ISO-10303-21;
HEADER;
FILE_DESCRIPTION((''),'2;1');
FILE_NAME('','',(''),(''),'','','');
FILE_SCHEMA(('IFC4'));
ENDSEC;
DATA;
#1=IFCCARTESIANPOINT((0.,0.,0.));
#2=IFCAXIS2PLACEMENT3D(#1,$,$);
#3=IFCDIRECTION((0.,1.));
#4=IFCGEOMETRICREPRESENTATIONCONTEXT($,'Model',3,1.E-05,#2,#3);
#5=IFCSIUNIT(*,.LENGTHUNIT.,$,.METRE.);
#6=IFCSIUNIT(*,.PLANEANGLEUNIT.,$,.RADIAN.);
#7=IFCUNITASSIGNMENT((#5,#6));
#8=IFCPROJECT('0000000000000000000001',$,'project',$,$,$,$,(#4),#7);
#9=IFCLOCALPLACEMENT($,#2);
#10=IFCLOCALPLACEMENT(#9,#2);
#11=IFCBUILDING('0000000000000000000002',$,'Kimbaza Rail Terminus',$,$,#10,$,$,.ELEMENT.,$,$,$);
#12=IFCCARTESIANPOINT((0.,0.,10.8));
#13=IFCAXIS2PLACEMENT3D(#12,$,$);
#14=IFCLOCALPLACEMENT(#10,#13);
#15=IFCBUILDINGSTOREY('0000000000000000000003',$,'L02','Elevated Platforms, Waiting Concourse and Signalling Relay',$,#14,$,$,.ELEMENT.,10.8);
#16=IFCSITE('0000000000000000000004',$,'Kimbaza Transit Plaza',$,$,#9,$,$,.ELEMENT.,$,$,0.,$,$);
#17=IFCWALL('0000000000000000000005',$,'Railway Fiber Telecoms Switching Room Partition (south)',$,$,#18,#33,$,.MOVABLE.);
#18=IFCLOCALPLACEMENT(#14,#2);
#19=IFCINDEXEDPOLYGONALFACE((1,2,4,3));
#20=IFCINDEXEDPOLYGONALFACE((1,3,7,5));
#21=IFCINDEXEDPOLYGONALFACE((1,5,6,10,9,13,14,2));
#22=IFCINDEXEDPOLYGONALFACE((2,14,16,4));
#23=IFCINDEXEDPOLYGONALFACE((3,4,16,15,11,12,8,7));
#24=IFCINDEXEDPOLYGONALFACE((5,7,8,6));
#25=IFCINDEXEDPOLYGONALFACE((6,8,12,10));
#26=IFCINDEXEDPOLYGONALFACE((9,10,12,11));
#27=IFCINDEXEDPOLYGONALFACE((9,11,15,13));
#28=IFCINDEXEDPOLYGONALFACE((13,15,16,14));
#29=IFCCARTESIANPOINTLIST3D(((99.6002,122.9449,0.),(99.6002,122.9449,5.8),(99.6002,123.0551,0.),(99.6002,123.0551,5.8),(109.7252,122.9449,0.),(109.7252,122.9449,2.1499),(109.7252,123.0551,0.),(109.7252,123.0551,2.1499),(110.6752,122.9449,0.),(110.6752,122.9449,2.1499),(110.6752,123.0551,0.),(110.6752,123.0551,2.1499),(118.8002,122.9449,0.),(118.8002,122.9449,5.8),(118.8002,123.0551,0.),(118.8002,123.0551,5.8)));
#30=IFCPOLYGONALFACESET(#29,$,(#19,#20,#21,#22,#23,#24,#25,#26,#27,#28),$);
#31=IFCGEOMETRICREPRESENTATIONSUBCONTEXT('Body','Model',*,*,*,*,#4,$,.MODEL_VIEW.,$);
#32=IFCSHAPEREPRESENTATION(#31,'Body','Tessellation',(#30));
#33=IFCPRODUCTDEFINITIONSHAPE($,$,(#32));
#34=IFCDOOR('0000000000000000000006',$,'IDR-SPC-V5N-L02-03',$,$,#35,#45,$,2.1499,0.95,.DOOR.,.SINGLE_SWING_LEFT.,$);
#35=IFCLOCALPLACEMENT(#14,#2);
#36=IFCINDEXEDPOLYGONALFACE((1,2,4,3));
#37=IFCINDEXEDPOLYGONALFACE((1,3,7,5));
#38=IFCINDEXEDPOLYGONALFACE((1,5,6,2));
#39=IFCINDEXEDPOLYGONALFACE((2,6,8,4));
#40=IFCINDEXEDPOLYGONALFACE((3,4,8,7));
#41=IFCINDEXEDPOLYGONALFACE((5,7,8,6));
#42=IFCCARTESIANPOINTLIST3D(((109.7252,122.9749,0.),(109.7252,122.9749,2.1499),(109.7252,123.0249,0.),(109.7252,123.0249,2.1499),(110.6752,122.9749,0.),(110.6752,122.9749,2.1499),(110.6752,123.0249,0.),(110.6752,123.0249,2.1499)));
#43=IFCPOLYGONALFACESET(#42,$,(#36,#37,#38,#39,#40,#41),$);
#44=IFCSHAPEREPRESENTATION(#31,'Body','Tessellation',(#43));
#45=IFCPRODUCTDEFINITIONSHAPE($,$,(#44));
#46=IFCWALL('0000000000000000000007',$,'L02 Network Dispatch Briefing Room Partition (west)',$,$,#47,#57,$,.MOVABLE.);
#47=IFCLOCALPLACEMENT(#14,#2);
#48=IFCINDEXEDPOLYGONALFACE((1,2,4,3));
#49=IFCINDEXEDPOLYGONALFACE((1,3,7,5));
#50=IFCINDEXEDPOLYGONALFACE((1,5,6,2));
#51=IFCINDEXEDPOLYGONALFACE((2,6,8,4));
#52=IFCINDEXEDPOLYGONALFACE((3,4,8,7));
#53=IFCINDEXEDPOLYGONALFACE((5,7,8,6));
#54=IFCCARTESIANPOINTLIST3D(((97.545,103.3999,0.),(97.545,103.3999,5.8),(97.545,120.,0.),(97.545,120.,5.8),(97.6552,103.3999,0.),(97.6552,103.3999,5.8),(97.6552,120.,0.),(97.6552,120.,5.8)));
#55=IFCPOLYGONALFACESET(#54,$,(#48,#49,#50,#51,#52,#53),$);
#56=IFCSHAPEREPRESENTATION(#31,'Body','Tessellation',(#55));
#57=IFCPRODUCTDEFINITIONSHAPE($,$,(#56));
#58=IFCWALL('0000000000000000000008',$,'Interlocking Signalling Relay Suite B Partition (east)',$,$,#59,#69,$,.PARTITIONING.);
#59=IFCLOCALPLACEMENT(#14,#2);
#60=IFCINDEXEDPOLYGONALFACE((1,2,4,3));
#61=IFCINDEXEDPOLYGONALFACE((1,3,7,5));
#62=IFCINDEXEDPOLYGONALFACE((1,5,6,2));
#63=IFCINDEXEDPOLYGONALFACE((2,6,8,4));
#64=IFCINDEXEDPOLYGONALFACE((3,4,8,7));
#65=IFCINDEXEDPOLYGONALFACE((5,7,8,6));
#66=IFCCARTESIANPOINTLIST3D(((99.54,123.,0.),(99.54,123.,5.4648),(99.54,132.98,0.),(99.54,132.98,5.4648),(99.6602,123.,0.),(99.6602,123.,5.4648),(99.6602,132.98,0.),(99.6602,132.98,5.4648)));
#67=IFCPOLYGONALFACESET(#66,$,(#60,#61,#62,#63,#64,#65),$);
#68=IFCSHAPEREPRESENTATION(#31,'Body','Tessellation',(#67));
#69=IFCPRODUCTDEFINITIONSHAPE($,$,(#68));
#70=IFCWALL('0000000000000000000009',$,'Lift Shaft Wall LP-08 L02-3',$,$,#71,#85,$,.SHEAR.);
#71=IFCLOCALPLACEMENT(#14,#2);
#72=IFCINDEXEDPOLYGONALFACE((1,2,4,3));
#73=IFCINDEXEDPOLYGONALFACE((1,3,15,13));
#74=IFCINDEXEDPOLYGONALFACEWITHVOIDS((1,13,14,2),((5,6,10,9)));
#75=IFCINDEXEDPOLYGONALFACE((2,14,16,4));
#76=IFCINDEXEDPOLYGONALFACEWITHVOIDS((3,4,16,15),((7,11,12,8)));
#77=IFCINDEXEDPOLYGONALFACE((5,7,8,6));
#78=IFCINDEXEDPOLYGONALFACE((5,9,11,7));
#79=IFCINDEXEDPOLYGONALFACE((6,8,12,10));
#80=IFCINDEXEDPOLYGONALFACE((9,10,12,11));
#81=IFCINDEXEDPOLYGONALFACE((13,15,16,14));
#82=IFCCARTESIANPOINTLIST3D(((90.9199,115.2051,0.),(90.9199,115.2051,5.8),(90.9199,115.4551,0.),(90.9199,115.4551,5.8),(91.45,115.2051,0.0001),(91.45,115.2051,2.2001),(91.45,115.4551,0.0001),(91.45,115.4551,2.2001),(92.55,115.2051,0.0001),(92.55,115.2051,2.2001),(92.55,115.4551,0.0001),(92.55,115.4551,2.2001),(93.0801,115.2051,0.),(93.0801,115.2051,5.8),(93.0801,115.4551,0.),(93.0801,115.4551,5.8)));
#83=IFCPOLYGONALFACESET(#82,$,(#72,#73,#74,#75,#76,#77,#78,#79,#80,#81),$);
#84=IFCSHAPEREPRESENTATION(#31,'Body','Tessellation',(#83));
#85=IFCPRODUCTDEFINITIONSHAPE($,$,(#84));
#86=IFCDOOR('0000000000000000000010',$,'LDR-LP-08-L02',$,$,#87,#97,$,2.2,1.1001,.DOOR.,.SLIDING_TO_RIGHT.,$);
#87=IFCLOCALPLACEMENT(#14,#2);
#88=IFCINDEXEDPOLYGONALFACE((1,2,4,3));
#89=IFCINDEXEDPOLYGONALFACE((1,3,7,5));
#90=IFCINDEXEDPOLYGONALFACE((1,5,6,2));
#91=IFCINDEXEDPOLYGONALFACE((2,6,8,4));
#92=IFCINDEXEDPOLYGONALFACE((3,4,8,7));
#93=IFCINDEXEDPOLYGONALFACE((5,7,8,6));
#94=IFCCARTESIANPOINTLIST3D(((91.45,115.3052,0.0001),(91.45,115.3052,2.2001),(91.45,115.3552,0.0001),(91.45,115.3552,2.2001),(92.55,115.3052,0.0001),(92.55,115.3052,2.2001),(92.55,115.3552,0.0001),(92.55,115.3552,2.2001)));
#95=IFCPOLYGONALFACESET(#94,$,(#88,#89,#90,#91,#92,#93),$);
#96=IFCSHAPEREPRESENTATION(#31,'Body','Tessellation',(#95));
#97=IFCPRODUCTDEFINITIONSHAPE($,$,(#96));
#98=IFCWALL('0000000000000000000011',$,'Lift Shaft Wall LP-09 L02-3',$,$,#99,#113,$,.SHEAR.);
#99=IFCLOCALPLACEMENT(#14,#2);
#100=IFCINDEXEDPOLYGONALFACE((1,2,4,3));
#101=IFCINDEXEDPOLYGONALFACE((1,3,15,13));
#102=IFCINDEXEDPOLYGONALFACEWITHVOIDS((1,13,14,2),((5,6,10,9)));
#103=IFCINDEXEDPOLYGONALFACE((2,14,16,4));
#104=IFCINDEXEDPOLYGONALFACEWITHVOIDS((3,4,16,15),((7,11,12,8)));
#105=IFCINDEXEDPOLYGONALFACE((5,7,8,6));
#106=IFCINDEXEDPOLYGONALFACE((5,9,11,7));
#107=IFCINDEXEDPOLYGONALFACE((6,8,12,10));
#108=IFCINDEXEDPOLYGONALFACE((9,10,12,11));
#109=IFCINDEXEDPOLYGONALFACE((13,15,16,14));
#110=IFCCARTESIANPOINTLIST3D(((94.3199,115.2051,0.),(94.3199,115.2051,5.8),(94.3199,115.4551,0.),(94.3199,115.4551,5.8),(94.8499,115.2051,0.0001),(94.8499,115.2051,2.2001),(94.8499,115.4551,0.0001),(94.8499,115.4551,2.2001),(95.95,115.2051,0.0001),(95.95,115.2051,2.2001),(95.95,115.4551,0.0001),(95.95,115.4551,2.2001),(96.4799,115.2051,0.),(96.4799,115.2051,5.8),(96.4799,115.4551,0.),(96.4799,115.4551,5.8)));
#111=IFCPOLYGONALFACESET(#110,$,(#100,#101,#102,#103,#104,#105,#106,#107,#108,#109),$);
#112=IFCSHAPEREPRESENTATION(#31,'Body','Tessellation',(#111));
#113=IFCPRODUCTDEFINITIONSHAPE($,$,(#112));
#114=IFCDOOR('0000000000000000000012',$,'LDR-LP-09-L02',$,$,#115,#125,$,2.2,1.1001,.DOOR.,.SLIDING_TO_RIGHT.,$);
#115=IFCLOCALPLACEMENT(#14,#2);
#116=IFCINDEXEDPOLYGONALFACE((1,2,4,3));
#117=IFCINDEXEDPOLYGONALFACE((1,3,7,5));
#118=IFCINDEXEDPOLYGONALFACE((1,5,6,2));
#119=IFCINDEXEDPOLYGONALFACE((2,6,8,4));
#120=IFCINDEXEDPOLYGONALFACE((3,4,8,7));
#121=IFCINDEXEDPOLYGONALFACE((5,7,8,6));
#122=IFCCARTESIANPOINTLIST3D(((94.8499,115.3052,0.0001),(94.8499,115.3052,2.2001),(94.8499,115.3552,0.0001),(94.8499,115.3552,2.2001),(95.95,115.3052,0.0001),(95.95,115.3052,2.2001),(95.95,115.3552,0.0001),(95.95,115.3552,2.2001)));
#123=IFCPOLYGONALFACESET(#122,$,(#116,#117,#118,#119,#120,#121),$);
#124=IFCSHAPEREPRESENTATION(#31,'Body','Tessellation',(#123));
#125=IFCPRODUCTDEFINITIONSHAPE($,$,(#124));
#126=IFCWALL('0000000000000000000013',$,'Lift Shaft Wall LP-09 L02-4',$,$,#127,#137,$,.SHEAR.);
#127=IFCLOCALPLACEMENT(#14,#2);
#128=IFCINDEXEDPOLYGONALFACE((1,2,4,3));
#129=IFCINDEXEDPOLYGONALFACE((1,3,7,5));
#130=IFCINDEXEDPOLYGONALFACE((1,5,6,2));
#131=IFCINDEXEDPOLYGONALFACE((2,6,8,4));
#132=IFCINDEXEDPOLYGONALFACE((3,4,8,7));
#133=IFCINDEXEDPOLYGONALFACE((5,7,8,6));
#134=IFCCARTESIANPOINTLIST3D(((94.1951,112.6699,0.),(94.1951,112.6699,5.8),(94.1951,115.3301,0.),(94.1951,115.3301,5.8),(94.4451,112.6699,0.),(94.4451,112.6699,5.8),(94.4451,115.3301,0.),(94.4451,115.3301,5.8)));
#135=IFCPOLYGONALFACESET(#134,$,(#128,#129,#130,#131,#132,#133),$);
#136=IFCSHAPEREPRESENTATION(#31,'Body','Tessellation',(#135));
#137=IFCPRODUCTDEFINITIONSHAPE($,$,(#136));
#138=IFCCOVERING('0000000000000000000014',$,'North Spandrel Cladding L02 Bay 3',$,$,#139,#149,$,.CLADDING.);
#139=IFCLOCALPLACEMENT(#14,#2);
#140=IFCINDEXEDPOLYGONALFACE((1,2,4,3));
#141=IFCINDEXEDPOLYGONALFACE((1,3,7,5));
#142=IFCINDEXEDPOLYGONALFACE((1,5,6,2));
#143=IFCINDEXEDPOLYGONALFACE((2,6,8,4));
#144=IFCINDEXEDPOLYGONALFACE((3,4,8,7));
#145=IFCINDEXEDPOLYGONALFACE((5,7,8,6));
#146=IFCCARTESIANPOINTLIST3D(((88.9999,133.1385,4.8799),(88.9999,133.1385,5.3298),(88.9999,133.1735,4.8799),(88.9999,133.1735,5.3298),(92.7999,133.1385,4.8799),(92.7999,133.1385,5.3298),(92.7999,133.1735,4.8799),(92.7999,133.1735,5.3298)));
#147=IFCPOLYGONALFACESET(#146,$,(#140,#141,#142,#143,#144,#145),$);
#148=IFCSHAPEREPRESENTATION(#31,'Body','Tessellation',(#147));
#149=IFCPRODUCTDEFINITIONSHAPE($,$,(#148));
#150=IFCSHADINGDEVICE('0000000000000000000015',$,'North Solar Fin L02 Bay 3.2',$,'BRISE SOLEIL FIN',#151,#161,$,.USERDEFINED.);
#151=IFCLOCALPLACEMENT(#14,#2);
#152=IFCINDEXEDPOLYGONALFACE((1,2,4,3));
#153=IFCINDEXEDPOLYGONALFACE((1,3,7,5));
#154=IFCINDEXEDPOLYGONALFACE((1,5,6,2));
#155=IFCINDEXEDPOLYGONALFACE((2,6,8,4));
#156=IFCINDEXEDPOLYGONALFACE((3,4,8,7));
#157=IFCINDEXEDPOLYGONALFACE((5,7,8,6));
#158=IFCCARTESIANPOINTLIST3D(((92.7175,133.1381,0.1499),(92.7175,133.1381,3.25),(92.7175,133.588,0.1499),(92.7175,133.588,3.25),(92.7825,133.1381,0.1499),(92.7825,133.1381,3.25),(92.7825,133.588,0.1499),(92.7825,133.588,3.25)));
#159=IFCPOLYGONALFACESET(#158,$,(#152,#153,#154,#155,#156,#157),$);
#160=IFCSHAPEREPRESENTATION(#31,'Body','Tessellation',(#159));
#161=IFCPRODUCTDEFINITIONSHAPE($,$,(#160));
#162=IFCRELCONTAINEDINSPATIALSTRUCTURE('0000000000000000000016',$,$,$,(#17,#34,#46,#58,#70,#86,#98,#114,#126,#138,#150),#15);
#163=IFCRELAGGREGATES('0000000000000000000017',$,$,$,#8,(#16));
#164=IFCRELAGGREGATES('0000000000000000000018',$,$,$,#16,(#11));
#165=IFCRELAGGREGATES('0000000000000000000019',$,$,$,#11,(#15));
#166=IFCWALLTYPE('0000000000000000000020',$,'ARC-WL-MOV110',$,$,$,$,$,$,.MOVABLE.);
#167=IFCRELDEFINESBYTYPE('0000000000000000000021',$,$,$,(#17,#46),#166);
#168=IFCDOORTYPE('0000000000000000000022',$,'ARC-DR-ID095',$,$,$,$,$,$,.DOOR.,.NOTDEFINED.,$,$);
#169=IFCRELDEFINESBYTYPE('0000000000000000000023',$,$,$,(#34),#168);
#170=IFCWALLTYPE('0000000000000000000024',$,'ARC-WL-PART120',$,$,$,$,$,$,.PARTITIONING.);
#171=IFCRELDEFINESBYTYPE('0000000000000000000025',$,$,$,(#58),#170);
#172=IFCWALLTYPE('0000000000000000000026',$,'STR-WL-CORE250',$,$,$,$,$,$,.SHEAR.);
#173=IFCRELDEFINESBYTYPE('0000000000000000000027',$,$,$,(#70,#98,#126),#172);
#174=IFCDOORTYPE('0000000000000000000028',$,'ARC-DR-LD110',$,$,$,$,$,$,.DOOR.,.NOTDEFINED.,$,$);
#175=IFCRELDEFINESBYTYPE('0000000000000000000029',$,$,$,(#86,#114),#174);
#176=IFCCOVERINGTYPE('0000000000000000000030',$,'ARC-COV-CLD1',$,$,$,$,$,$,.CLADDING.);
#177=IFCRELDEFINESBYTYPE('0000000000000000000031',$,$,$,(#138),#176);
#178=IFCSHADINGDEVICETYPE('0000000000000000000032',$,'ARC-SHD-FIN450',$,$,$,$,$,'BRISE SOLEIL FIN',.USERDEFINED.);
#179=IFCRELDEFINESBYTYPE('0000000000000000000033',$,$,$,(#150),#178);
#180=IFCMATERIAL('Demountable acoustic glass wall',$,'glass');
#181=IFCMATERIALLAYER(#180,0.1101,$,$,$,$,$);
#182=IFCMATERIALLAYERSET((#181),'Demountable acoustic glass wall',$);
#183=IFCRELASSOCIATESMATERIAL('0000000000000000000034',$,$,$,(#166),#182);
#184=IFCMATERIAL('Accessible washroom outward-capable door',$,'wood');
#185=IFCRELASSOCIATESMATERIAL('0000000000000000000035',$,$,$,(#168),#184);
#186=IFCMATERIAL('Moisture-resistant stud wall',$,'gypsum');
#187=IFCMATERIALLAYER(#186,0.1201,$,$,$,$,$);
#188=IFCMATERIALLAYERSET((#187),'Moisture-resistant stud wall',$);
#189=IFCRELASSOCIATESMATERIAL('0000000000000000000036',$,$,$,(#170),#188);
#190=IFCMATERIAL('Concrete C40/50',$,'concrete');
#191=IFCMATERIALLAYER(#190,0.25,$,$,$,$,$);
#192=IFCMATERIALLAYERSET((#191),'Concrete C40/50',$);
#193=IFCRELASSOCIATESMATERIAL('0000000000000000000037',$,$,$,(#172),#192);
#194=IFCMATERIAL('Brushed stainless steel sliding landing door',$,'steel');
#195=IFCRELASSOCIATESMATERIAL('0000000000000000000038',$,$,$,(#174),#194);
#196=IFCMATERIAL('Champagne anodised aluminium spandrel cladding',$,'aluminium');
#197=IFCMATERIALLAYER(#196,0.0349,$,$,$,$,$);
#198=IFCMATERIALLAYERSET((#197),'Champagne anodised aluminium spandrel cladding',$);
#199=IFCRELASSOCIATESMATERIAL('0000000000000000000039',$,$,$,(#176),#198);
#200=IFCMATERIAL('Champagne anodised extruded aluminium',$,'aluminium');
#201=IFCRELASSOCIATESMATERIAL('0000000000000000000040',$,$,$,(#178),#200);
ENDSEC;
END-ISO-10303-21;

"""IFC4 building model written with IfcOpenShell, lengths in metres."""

from ifc_helpers import new_model, si_unit, direction, frame, frame_2d, origin, origin_2d, place, context, subcontext, project, spatial, rectangle, extrude, material, layer, layer_set, type_object, element, fill, save


model = new_model("IFC4")

# Units and contexts
model_context = context("Model", 3, precision=1e-05, world=origin(), true_north=direction((0.0, 1.0)))
body_context = subcontext(model_context, "Body", "Model", "MODEL_VIEW")
ifc_project = project(units=[si_unit("LENGTHUNIT", "METRE"), si_unit("PLANEANGLEUNIT", "RADIAN")], contexts=[model_context])

# Site, building, storey
site_placement = place(None, origin())
site = spatial("IfcSite", under=ifc_project, at=site_placement, Name="Kimbaza Transit Plaza", CompositionType="ELEMENT", RefElevation=0.0)
building_placement = place(site_placement, origin())
building = spatial("IfcBuilding", under=site, at=building_placement, Name="Kimbaza Rail Terminus", CompositionType="ELEMENT")
storey_placement = place(building_placement, frame((0.0, 0.0, 10.8)))
storey = spatial("IfcBuildingStorey", under=building, at=storey_placement, Name="L02", Description="Elevated Platforms, Waiting Concourse and Signalling Relay", CompositionType="ELEMENT", Elevation=10.8)

# Wall, opening, door
ifc_material_1 = material(Name="Demountable acoustic glass wall", Category="glass")
ifc_layer_1 = layer(ifc_material_1, 0.1101)
ifc_layer_set_1 = layer_set([ifc_layer_1], Name="Demountable acoustic glass wall")
wall_type_1 = type_object("IfcWallType", Name="ARC-WL-MOV110", PredefinedType="MOVABLE", material=ifc_layer_set_1)
wall_1_placement = place(storey_placement, frame((99.6001, 123.0, 0.0), z_axis=(0.0, 0.0, 1.0), x_axis=(1.0, 0.0, 0.0)))
wall_1 = element("IfcWall", 1, at=wall_1_placement, inside=storey, type_object=wall_type_1, Name="Railway Fiber Telecoms Switching Room Partition (south)", PredefinedType="MOVABLE", context=body_context, shape_type="SweptSolid", body=[
    extrude(rectangle(XDim=19.2, YDim=0.1101, at=frame_2d((9.6001, 0.0))), origin(), (0.0, 0.0, 1.0), 5.8),
])
opening_1_placement = place(wall_1_placement, frame((10.125, 0.0, 0.0)))
opening_1 = element("IfcOpeningElement", 2, at=opening_1_placement, cuts=wall_1, PredefinedType="OPENING", context=body_context, shape_type="SweptSolid", body=[
    extrude(rectangle(XDim=0.95, YDim=2.1499, at=frame_2d((0.4751, 1.075))), frame((0.0, 0.0649, 0.0), z_axis=(0.0, -1.0, 0.0), x_axis=(1.0, 0.0, 0.0)), (0.0, 0.0, 1.0), 0.1301),
])
ifc_material_2 = material(Name="Accessible washroom outward-capable door", Category="wood")
door_type_1 = type_object("IfcDoorType", Name="ARC-DR-ID095", OperationType="NOTDEFINED", PredefinedType="DOOR", material=ifc_material_2)
door_1_placement = place(opening_1_placement, origin())
door_1 = element("IfcDoor", 3, at=door_1_placement, inside=storey, type_object=door_type_1, Name="IDR-SPC-V5N-L02-03", OperationType="SINGLE_SWING_LEFT", OverallHeight=2.1499, OverallWidth=0.95, PredefinedType="DOOR", context=body_context, shape_type="SweptSolid", body=[
    extrude(rectangle(XDim=0.95, YDim=2.1499, at=frame_2d((0.4751, 1.075))), frame((0.0, 0.0249, 0.0), z_axis=(0.0, -1.0, 0.0), x_axis=(1.0, 0.0, 0.0)), (0.0, 0.0, 1.0), 0.05),
])
fill(opening_1, door_1)

# Walls
wall_2_placement = place(storey_placement, frame((97.6001, 120.0, 0.0), z_axis=(0.0, 0.0, 1.0), x_axis=(0.0, -1.0, 0.0)))
element("IfcWall", 4, at=wall_2_placement, inside=storey, type_object=wall_type_1, Name="L02 Network Dispatch Briefing Room Partition (west)", PredefinedType="MOVABLE", context=body_context, shape_type="SweptSolid", body=[
    extrude(rectangle(XDim=16.6001, YDim=0.1101, at=frame_2d((8.3, 0.0))), origin(), (0.0, 0.0, 1.0), 5.8),
])
ifc_material_3 = material(Name="Moisture-resistant stud wall", Category="gypsum")
ifc_layer_2 = layer(ifc_material_3, 0.1201)
ifc_layer_set_2 = layer_set([ifc_layer_2], Name="Moisture-resistant stud wall")
wall_type_2 = type_object("IfcWallType", Name="ARC-WL-PART120", PredefinedType="PARTITIONING", material=ifc_layer_set_2)
wall_3_placement = place(storey_placement, frame((99.6001, 123.0, 0.0), z_axis=(0.0, 0.0, 1.0), x_axis=(0.0, 1.0, 0.0)))
element("IfcWall", 5, at=wall_3_placement, inside=storey, type_object=wall_type_2, Name="Interlocking Signalling Relay Suite B Partition (east)", PredefinedType="PARTITIONING", context=body_context, shape_type="SweptSolid", body=[
    extrude(rectangle(XDim=9.98, YDim=0.1201, at=frame_2d((4.99, 0.0))), origin(), (0.0, 0.0, 1.0), 5.4648),
])

# Walls, openings, doors
ifc_material_4 = material(Name="Concrete C40/50", Category="concrete")
ifc_layer_3 = layer(ifc_material_4, 0.25)
ifc_layer_set_3 = layer_set([ifc_layer_3], Name="Concrete C40/50")
wall_type_3 = type_object("IfcWallType", Name="STR-WL-CORE250", PredefinedType="SHEAR", material=ifc_layer_set_3)
wall_4_placement = place(storey_placement, frame((93.0801, 115.3301, 0.0), z_axis=(0.0, 0.0, 1.0), x_axis=(-1.0, 0.0, 0.0)))
wall_4 = element("IfcWall", 6, at=wall_4_placement, inside=storey, type_object=wall_type_3, Name="Lift Shaft Wall LP-08 L02-3", PredefinedType="SHEAR", context=body_context, shape_type="SweptSolid", body=[
    extrude(rectangle(XDim=2.1602, YDim=0.25, at=frame_2d((1.0801, 0.0))), origin(), (0.0, 0.0, 1.0), 5.8),
])
opening_2_placement = place(wall_4_placement, frame((0.53, 0.0, 0.0)))
opening_2 = element("IfcOpeningElement", 7, at=opening_2_placement, cuts=wall_4, PredefinedType="OPENING", context=body_context, shape_type="SweptSolid", body=[
    extrude(rectangle(XDim=1.1001, YDim=2.2, at=frame_2d((0.55, 1.1001))), frame((0.0, 0.135, 0.0), z_axis=(0.0, -1.0, 0.0), x_axis=(1.0, 0.0, 0.0)), (0.0, 0.0, 1.0), 0.27),
])
ifc_material_5 = material(Name="Brushed stainless steel sliding landing door", Category="steel")
door_type_2 = type_object("IfcDoorType", Name="ARC-DR-LD110", OperationType="NOTDEFINED", PredefinedType="DOOR", material=ifc_material_5)
door_2_placement = place(opening_2_placement, origin())
door_2 = element("IfcDoor", 8, at=door_2_placement, inside=storey, type_object=door_type_2, Name="LDR-LP-08-L02", OperationType="SLIDING_TO_RIGHT", OverallHeight=2.2, OverallWidth=1.1001, PredefinedType="DOOR", context=body_context, shape_type="SweptSolid", body=[
    extrude(rectangle(XDim=1.1001, YDim=2.2, at=frame_2d((0.55, 1.1001))), frame((0.0, 0.0249, 0.0), z_axis=(0.0, -1.0, 0.0), x_axis=(1.0, 0.0, 0.0)), (0.0, 0.0, 1.0), 0.05),
])
fill(opening_2, door_2)
wall_5_placement = place(storey_placement, frame((96.48, 115.3301, 0.0), z_axis=(0.0, 0.0, 1.0), x_axis=(-1.0, 0.0, 0.0)))
wall_5 = element("IfcWall", 9, at=wall_5_placement, inside=storey, type_object=wall_type_3, Name="Lift Shaft Wall LP-09 L02-3", PredefinedType="SHEAR", context=body_context, shape_type="SweptSolid", body=[
    extrude(rectangle(XDim=2.1599, YDim=0.25, at=frame_2d((1.0801, 0.0))), origin(), (0.0, 0.0, 1.0), 5.8),
])
opening_3_placement = place(wall_5_placement, frame((0.53, 0.0, 0.0)))
opening_3 = element("IfcOpeningElement", 10, at=opening_3_placement, cuts=wall_5, PredefinedType="OPENING", context=body_context, shape_type="SweptSolid", body=[
    extrude(rectangle(XDim=1.1001, YDim=2.2, at=frame_2d((0.55, 1.1001))), frame((0.0, 0.135, 0.0), z_axis=(0.0, -1.0, 0.0), x_axis=(1.0, 0.0, 0.0)), (0.0, 0.0, 1.0), 0.27),
])
door_3_placement = place(opening_3_placement, origin())
door_3 = element("IfcDoor", 11, at=door_3_placement, inside=storey, type_object=door_type_2, Name="LDR-LP-09-L02", OperationType="SLIDING_TO_RIGHT", OverallHeight=2.2, OverallWidth=1.1001, PredefinedType="DOOR", context=body_context, shape_type="SweptSolid", body=[
    extrude(rectangle(XDim=1.1001, YDim=2.2, at=frame_2d((0.55, 1.1001))), frame((0.0, 0.0249, 0.0), z_axis=(0.0, -1.0, 0.0), x_axis=(1.0, 0.0, 0.0)), (0.0, 0.0, 1.0), 0.05),
])
fill(opening_3, door_3)

# Wall
wall_6_placement = place(storey_placement, frame((94.3201, 115.3301, 0.0), z_axis=(0.0, 0.0, 1.0), x_axis=(0.0, -1.0, 0.0)))
element("IfcWall", 12, at=wall_6_placement, inside=storey, type_object=wall_type_3, Name="Lift Shaft Wall LP-09 L02-4", PredefinedType="SHEAR", context=body_context, shape_type="SweptSolid", body=[
    extrude(rectangle(XDim=2.6602, YDim=0.25, at=frame_2d((1.3301, 0.0))), origin(), (0.0, 0.0, 1.0), 5.8),
])

# Covering
ifc_material_6 = material(Name="Champagne anodised aluminium spandrel cladding", Category="aluminium")
ifc_layer_4 = layer(ifc_material_6, 0.0349)
ifc_layer_set_4 = layer_set([ifc_layer_4], Name="Champagne anodised aluminium spandrel cladding")
covering_type = type_object("IfcCoveringType", Name="ARC-COV-CLD1", PredefinedType="CLADDING", material=ifc_layer_set_4)
covering_placement = place(storey_placement, frame((90.8999, 133.156, 4.8799), z_axis=(0.0, 0.0, 1.0), x_axis=(1.0, 0.0, 0.0)))
element("IfcCovering", 13, at=covering_placement, inside=storey, type_object=covering_type, Name="North Spandrel Cladding L02 Bay 3", PredefinedType="CLADDING", context=body_context, shape_type="SweptSolid", body=[
    extrude(rectangle(XDim=3.8, YDim=0.0349, at=origin_2d()), origin(), (0.0, 0.0, 1.0), 0.45),
])

# Shading device
ifc_material_7 = material(Name="Champagne anodised extruded aluminium", Category="aluminium")
shading_device_type = type_object("IfcShadingDeviceType", Name="ARC-SHD-FIN450", ElementType="BRISE SOLEIL FIN", PredefinedType="USERDEFINED", material=ifc_material_7)
shading_device_placement = place(storey_placement, frame((92.75, 133.363, 0.1499), z_axis=(0.0, 0.0, 1.0), x_axis=(1.0, 0.0, 0.0)))
element("IfcShadingDevice", 14, at=shading_device_placement, inside=storey, type_object=shading_device_type, Name="North Solar Fin L02 Bay 3.2", ObjectType="BRISE SOLEIL FIN", PredefinedType="USERDEFINED", context=body_context, shape_type="SweptSolid", body=[
    extrude(rectangle(XDim=0.0649, YDim=0.45, at=origin_2d()), origin(), (0.0, 0.0, 1.0), 3.1001),
])

save(model, "model.ifc")
